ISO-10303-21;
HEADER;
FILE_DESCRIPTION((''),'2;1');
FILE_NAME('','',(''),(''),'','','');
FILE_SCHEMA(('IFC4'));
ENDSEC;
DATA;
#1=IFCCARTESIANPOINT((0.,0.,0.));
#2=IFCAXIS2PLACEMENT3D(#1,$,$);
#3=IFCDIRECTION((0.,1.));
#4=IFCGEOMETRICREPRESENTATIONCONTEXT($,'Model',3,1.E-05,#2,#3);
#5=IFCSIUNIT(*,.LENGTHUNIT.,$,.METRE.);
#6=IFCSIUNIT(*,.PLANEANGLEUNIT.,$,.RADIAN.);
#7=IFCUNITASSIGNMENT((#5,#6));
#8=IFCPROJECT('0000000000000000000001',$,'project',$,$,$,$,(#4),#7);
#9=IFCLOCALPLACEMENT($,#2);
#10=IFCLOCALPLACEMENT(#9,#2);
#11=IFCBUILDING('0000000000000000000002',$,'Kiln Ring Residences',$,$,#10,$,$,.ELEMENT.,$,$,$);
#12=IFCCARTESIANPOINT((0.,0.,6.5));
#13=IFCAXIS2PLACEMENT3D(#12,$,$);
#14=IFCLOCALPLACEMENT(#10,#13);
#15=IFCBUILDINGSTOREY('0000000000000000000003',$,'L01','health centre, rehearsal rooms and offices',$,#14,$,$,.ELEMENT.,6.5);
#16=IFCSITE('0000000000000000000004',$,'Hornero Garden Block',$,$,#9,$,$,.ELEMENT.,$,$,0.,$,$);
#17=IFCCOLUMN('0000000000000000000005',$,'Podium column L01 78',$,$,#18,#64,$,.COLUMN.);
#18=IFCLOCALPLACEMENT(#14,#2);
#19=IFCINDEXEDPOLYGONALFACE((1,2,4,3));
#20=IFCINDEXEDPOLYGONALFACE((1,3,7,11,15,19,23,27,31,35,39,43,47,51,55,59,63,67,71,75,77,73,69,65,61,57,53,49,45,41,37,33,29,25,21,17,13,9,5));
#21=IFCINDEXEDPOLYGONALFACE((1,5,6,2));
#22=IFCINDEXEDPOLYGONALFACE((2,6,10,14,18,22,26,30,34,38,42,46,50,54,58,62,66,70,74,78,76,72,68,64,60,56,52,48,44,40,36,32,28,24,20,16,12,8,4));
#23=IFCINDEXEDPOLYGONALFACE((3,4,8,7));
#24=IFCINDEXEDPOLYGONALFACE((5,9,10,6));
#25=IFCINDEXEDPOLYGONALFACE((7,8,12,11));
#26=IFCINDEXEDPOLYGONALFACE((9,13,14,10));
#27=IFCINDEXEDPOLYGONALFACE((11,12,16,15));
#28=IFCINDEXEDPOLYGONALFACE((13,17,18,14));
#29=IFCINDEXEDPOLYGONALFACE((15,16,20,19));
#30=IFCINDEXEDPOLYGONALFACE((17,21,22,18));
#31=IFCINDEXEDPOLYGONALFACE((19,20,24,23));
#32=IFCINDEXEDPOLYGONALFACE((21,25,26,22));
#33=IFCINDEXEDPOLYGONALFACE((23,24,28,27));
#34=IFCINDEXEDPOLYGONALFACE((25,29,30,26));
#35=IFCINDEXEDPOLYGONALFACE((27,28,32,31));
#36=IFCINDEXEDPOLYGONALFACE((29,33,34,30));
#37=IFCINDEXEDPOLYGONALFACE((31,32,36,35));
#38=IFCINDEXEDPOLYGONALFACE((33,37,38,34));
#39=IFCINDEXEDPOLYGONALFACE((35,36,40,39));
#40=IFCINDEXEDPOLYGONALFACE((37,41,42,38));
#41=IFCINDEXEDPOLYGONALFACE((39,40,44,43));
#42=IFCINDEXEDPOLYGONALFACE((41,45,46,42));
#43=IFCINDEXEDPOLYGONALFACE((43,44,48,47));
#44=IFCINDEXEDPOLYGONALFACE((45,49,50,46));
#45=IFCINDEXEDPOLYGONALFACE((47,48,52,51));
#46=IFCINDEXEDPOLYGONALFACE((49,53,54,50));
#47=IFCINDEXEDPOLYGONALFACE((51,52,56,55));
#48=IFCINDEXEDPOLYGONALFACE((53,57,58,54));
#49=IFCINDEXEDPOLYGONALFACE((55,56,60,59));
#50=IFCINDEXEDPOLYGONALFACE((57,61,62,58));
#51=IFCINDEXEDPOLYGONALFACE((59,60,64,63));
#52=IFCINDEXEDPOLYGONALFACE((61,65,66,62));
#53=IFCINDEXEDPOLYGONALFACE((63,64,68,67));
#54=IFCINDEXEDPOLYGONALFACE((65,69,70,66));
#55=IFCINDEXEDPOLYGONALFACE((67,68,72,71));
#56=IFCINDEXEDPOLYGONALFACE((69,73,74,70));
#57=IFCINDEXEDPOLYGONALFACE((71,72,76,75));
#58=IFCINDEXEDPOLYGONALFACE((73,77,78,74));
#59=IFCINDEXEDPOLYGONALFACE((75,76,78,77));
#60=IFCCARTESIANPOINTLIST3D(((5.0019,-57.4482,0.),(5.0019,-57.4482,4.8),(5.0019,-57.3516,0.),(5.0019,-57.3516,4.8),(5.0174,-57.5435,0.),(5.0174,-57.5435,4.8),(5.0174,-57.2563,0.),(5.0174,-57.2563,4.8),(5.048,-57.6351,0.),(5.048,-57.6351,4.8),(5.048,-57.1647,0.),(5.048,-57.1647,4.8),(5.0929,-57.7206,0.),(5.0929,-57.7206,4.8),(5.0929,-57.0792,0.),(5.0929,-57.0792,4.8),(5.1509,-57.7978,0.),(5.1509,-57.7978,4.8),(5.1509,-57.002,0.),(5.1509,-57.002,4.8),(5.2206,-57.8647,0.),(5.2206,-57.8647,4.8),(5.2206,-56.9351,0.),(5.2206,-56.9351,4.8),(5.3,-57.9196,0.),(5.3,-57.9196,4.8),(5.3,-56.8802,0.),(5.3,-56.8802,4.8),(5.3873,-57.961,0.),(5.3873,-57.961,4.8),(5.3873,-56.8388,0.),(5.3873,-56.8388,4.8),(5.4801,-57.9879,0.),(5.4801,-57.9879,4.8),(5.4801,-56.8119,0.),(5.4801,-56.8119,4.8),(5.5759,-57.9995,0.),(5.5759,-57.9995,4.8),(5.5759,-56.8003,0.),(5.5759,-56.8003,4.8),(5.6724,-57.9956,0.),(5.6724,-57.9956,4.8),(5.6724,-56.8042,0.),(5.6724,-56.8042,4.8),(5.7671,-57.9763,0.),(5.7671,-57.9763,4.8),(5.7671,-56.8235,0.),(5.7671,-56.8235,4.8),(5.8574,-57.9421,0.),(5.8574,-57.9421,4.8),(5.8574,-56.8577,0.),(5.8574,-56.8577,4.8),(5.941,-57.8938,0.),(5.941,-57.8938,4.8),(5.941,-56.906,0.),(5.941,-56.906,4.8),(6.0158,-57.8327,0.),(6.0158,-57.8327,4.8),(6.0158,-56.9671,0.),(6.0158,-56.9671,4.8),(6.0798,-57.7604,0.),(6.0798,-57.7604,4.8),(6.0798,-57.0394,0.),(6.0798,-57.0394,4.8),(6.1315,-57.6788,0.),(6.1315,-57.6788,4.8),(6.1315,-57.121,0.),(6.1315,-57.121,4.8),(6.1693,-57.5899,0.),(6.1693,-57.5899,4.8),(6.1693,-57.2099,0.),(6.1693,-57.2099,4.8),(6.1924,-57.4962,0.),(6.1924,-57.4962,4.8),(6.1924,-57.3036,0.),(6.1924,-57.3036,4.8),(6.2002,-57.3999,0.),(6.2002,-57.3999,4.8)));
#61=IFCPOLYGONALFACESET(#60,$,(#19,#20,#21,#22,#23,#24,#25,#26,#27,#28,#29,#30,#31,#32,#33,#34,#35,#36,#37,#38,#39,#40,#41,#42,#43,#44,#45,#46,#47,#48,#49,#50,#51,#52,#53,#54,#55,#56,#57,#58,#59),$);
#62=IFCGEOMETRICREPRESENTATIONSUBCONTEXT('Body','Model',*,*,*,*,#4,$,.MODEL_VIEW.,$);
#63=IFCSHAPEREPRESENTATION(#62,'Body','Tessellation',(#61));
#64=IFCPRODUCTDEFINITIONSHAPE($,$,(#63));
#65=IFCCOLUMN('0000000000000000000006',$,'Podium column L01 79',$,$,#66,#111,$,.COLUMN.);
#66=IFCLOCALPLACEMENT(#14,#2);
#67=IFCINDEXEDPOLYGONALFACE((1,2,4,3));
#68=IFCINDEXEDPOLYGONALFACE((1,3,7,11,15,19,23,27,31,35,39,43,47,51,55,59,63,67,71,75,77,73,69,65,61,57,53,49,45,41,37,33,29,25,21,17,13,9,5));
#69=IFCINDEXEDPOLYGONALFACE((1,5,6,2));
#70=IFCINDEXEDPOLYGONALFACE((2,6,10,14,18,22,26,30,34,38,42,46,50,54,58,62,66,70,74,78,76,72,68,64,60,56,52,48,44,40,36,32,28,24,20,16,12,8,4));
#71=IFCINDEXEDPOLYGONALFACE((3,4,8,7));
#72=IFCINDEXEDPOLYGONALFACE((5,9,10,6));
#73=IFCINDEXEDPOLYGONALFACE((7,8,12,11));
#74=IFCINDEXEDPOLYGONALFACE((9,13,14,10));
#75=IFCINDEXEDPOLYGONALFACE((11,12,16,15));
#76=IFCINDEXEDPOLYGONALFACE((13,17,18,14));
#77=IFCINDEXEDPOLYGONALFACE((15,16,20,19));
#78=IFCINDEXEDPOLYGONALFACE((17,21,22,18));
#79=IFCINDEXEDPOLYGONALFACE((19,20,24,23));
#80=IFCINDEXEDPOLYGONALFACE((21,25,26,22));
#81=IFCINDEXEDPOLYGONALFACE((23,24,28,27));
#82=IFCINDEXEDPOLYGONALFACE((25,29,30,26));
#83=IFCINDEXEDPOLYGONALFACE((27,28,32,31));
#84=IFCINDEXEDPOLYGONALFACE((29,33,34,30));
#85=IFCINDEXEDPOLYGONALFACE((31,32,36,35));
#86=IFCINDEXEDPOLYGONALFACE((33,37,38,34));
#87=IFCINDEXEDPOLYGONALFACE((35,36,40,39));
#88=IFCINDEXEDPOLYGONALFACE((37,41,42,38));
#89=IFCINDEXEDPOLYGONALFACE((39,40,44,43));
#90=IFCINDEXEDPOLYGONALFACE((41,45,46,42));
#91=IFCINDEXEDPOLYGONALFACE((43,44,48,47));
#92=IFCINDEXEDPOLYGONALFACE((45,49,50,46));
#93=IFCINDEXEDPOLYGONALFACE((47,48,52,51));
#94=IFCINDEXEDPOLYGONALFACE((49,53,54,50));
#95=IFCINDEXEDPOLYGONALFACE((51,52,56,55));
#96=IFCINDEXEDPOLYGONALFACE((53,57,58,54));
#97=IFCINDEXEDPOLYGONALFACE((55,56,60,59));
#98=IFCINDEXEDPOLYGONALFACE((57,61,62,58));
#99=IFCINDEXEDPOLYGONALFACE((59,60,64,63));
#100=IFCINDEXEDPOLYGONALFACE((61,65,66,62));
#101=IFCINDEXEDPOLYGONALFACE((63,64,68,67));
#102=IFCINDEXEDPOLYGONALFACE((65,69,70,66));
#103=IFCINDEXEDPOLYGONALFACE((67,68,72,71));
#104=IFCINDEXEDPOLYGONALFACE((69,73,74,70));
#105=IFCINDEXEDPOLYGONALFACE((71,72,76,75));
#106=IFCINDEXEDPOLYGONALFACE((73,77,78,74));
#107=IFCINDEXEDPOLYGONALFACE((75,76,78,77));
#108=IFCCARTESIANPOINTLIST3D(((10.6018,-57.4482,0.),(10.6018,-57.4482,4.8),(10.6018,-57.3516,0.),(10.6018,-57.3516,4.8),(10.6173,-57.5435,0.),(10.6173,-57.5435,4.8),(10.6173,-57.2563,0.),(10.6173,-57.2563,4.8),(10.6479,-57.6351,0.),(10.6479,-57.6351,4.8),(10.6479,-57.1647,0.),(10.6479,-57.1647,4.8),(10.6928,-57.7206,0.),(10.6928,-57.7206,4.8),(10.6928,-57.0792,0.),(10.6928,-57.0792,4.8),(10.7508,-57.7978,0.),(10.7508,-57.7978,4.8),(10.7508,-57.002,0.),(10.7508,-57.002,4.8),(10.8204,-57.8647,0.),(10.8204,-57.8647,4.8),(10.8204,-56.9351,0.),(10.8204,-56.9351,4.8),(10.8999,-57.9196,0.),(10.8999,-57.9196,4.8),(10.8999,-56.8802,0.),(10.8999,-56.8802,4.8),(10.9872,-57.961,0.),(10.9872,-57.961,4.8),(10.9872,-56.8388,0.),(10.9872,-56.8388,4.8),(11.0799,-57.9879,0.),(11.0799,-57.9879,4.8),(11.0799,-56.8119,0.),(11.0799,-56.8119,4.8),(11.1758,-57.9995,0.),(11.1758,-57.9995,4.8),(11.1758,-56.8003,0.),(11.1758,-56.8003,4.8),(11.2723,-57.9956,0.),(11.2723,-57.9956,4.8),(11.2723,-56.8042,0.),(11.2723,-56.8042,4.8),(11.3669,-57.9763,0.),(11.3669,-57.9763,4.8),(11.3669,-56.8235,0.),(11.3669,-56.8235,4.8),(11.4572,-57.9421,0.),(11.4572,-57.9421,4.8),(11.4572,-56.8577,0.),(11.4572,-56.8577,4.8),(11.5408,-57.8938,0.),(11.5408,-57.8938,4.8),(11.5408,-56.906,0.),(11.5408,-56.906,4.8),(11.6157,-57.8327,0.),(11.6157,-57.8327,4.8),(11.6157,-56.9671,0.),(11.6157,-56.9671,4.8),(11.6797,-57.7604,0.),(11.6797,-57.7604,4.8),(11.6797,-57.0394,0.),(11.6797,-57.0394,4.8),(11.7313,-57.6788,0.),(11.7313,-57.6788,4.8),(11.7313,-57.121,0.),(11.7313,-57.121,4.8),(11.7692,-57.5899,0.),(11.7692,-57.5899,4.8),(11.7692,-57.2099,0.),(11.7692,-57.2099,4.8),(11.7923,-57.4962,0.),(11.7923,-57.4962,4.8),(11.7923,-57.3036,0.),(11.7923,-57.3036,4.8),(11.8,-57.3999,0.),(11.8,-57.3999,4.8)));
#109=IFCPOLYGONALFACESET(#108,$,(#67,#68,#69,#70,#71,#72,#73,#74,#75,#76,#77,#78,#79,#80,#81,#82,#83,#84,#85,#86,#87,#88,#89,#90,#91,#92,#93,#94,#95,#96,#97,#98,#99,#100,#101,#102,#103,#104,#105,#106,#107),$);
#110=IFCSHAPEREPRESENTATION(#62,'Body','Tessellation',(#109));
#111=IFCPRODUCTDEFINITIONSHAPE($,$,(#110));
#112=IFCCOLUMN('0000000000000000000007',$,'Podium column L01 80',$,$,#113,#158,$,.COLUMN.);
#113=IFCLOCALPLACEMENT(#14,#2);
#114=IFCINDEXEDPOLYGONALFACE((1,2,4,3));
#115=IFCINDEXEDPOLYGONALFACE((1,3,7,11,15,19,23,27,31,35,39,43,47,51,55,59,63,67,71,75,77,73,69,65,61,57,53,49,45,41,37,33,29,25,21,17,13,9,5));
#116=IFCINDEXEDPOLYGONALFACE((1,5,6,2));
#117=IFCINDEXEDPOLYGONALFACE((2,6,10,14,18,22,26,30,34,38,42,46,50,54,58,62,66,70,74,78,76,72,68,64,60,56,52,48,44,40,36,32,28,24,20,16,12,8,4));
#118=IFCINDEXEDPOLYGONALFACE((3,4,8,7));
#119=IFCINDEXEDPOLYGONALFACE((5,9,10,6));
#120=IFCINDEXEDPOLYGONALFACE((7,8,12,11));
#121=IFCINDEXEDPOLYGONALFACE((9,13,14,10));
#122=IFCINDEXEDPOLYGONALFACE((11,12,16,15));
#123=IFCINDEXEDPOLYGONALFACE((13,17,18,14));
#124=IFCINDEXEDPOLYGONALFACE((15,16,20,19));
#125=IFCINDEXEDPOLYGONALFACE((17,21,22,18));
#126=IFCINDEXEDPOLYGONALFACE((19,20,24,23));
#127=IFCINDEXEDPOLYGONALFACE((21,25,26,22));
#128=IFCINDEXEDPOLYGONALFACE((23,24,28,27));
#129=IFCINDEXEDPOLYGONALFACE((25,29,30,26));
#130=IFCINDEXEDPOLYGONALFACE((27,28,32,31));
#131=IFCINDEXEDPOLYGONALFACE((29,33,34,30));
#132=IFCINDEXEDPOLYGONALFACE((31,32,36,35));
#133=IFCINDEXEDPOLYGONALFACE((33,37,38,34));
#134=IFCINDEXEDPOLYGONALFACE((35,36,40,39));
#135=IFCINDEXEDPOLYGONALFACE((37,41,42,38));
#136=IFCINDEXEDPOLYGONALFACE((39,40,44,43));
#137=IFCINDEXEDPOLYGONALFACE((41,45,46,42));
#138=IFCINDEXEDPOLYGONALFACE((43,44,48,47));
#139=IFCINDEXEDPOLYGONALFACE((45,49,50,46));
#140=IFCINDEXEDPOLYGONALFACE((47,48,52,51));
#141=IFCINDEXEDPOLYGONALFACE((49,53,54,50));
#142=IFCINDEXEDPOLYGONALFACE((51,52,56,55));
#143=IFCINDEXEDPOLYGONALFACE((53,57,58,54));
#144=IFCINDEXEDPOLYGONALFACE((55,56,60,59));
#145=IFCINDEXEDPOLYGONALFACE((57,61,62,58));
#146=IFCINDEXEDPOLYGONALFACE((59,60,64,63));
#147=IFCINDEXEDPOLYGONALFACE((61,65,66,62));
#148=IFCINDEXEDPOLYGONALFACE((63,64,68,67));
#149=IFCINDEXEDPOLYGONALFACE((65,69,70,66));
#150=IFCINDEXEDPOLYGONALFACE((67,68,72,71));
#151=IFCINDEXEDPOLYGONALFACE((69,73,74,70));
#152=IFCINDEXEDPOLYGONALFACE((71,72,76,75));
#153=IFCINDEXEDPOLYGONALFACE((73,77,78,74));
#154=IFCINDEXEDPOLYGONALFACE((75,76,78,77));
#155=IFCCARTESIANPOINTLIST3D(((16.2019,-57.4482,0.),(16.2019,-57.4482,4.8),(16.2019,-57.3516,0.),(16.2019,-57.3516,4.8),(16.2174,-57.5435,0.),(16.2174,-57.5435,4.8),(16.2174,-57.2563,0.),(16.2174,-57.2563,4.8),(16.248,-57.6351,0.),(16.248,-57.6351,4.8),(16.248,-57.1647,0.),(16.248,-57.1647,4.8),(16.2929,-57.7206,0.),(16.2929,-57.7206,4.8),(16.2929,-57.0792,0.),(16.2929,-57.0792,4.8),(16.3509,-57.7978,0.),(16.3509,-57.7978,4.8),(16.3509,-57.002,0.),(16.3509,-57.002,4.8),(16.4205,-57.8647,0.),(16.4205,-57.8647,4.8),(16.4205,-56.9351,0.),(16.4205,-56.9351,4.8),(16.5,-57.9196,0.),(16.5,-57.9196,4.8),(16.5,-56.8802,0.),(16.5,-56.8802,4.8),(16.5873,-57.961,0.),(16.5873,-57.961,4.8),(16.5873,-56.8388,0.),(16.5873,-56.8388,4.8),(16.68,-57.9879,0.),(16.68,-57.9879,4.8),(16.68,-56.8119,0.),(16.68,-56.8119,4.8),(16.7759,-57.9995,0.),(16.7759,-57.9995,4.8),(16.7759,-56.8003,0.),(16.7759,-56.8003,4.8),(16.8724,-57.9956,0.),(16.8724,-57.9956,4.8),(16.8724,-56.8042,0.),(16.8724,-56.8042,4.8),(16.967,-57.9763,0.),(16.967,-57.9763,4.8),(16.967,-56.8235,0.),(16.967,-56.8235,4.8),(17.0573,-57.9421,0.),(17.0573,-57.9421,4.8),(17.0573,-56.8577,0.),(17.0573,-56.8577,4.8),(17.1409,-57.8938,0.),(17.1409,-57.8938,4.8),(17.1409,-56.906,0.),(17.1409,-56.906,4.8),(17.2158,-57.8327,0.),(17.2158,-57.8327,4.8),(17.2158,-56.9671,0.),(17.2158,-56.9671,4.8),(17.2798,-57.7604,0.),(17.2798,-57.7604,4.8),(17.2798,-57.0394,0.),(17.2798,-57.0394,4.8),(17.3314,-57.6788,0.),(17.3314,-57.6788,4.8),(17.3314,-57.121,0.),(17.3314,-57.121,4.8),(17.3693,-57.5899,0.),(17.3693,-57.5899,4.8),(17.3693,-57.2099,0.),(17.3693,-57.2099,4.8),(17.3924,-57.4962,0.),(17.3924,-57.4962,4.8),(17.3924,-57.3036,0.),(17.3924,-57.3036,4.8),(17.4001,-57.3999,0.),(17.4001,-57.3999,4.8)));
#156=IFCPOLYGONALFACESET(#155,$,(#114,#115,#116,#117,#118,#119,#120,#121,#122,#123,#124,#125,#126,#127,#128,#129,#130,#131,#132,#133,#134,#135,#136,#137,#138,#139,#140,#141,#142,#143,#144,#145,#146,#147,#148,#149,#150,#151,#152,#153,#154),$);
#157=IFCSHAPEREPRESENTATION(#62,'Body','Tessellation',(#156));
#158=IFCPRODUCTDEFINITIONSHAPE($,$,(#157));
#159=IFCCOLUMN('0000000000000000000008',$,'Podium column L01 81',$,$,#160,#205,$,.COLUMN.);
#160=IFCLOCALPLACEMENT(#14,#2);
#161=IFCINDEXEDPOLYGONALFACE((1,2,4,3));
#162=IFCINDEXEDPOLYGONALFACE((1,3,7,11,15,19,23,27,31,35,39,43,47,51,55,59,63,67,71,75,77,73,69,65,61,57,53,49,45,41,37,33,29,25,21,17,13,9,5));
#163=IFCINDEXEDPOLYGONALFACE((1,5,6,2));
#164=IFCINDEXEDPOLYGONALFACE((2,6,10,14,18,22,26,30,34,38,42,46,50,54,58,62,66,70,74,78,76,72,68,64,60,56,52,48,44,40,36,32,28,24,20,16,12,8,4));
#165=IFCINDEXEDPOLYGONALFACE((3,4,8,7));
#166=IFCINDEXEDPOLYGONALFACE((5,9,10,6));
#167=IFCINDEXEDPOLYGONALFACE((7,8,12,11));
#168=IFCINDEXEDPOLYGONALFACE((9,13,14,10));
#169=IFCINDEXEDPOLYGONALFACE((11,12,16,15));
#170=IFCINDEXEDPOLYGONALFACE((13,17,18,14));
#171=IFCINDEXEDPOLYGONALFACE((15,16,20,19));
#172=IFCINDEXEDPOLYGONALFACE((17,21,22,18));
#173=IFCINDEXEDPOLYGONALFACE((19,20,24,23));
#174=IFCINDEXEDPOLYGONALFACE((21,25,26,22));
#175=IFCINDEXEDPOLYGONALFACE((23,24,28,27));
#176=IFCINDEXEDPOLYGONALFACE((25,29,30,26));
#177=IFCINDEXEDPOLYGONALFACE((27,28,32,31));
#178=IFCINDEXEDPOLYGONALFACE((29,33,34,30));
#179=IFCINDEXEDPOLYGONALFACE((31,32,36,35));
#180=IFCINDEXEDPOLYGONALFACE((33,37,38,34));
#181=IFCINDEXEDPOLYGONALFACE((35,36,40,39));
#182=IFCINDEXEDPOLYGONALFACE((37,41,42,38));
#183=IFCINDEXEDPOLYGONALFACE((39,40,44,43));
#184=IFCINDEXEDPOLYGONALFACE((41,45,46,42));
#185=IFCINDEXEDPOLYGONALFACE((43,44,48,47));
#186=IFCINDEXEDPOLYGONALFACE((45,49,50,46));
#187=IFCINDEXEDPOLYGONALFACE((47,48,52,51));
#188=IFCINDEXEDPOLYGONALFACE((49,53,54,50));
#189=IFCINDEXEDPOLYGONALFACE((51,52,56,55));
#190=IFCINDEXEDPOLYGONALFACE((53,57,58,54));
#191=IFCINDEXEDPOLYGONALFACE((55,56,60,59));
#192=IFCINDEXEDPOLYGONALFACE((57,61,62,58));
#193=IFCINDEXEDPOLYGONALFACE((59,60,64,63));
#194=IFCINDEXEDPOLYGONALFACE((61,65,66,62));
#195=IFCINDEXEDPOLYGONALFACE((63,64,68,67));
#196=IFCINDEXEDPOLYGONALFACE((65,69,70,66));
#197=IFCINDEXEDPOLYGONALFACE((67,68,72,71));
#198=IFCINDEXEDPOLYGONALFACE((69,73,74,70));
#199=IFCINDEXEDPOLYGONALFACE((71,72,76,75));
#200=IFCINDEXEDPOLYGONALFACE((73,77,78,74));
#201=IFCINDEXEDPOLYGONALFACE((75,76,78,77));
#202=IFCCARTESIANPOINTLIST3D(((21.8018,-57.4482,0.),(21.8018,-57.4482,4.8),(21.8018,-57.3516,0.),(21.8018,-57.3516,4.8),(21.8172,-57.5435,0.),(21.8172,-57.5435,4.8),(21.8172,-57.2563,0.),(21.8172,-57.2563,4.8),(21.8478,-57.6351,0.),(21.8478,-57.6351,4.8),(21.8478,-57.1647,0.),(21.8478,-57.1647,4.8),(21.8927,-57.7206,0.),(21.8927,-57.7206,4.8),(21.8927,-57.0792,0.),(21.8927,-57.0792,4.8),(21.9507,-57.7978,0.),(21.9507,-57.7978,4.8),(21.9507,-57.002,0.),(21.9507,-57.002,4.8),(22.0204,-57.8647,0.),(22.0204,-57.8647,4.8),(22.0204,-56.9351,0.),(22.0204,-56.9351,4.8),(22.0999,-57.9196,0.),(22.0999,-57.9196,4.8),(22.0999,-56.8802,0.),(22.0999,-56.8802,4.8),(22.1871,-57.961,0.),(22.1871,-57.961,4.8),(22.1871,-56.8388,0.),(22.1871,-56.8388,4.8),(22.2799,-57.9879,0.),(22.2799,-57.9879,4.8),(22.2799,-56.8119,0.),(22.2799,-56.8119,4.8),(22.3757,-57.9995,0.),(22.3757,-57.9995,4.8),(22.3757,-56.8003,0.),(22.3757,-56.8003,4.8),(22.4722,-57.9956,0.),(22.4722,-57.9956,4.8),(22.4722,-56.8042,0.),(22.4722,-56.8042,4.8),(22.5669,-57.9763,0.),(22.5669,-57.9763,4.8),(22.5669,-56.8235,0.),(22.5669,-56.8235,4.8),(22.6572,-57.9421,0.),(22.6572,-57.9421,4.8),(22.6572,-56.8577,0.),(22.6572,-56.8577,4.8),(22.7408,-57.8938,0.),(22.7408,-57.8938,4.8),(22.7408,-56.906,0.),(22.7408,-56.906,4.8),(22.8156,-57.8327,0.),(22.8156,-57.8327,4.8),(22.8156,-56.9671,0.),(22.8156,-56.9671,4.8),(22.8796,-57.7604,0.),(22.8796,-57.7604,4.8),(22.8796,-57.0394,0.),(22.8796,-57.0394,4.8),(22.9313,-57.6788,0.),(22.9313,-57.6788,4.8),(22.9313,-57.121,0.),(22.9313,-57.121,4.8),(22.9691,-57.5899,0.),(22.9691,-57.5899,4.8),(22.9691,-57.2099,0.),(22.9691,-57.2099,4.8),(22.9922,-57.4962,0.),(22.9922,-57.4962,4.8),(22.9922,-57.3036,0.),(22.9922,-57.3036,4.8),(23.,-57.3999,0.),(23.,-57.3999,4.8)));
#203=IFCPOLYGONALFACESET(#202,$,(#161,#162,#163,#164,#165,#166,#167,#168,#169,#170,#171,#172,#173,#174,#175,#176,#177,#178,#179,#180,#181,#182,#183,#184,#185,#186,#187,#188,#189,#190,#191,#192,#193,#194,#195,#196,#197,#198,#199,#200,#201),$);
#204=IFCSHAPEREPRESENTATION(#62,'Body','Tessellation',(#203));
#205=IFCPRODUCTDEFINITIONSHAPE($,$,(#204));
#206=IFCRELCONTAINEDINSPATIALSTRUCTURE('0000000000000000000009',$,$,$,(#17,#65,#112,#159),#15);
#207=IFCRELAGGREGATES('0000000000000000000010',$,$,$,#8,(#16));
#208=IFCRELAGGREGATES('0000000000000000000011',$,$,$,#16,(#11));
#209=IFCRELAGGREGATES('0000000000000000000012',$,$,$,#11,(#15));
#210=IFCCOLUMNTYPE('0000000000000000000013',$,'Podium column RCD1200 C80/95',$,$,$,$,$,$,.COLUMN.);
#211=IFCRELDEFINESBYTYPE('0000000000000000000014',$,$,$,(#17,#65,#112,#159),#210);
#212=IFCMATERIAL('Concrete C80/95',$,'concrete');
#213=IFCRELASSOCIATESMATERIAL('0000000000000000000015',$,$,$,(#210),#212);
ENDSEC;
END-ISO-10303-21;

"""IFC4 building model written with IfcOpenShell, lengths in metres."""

from ifc_helpers import new_model, si_unit, direction, frame, origin, origin_2d, place, context, subcontext, project, spatial, circle, extrude, material, material_profile, profile_set, type_object, element, save


model = new_model("IFC4")

# Units and contexts
model_context = context("Model", 3, precision=1e-05, world=origin(), true_north=direction((0.0, 1.0)))
body_context = subcontext(model_context, "Body", "Model", "MODEL_VIEW")
ifc_project = project(units=[si_unit("LENGTHUNIT", "METRE"), si_unit("PLANEANGLEUNIT", "RADIAN")], contexts=[model_context])

# Site, building, storey
site_placement = place(None, origin())
site = spatial("IfcSite", under=ifc_project, at=site_placement, Name="Hornero Garden Block", CompositionType="ELEMENT", RefElevation=0.0)
building_placement = place(site_placement, origin())
building = spatial("IfcBuilding", under=site, at=building_placement, Name="Kiln Ring Residences", CompositionType="ELEMENT")
storey_placement = place(building_placement, frame((0.0, 0.0, 6.5)))
storey = spatial("IfcBuildingStorey", under=building, at=storey_placement, Name="L01", Description="health centre, rehearsal rooms and offices", CompositionType="ELEMENT", Elevation=6.5)

# Columns
ifc_material_1 = material(Name="Concrete C80/95", Category="concrete")
ifc_material_profile_1 = material_profile(ifc_material_1, circle(Radius=0.6001, at=origin_2d()), Name="RCD1200")
ifc_profile_set_1 = profile_set([ifc_material_profile_1], Name="Concrete C80/95")
column_type = type_object("IfcColumnType", Name="Podium column RCD1200 C80/95", PredefinedType="COLUMN", material=ifc_profile_set_1)
for number, where, z_axis, x_axis, name in (
    (1, (5.6001, -57.3999, 0.0), (0.0, 0.0, 1.0), (1.0, 0.0, 0.0), "Podium column L01 78"),
    (2, (11.2, -57.3999, 0.0), (0.0, 0.0, 1.0), (1.0, 0.0, 0.0), "Podium column L01 79"),
    (3, (16.8, -57.3999, 0.0), (0.0, 0.0, 1.0), (1.0, 0.0, 0.0), "Podium column L01 80"),
    (4, (22.3999, -57.3999, 0.0), (0.0, 0.0, 1.0), (1.0, 0.0, 0.0), "Podium column L01 81"),
):
    element("IfcColumn", number, at=place(storey_placement, frame(where, z_axis=z_axis, x_axis=x_axis)), inside=storey, type_object=column_type, Name=name, PredefinedType="COLUMN", context=body_context, shape_type="SweptSolid", body=[
        extrude(circle(Radius=0.6001, at=origin_2d()), origin(), (0.0, 0.0, 1.0), 4.8),
    ])

save(model, "model.ifc")
